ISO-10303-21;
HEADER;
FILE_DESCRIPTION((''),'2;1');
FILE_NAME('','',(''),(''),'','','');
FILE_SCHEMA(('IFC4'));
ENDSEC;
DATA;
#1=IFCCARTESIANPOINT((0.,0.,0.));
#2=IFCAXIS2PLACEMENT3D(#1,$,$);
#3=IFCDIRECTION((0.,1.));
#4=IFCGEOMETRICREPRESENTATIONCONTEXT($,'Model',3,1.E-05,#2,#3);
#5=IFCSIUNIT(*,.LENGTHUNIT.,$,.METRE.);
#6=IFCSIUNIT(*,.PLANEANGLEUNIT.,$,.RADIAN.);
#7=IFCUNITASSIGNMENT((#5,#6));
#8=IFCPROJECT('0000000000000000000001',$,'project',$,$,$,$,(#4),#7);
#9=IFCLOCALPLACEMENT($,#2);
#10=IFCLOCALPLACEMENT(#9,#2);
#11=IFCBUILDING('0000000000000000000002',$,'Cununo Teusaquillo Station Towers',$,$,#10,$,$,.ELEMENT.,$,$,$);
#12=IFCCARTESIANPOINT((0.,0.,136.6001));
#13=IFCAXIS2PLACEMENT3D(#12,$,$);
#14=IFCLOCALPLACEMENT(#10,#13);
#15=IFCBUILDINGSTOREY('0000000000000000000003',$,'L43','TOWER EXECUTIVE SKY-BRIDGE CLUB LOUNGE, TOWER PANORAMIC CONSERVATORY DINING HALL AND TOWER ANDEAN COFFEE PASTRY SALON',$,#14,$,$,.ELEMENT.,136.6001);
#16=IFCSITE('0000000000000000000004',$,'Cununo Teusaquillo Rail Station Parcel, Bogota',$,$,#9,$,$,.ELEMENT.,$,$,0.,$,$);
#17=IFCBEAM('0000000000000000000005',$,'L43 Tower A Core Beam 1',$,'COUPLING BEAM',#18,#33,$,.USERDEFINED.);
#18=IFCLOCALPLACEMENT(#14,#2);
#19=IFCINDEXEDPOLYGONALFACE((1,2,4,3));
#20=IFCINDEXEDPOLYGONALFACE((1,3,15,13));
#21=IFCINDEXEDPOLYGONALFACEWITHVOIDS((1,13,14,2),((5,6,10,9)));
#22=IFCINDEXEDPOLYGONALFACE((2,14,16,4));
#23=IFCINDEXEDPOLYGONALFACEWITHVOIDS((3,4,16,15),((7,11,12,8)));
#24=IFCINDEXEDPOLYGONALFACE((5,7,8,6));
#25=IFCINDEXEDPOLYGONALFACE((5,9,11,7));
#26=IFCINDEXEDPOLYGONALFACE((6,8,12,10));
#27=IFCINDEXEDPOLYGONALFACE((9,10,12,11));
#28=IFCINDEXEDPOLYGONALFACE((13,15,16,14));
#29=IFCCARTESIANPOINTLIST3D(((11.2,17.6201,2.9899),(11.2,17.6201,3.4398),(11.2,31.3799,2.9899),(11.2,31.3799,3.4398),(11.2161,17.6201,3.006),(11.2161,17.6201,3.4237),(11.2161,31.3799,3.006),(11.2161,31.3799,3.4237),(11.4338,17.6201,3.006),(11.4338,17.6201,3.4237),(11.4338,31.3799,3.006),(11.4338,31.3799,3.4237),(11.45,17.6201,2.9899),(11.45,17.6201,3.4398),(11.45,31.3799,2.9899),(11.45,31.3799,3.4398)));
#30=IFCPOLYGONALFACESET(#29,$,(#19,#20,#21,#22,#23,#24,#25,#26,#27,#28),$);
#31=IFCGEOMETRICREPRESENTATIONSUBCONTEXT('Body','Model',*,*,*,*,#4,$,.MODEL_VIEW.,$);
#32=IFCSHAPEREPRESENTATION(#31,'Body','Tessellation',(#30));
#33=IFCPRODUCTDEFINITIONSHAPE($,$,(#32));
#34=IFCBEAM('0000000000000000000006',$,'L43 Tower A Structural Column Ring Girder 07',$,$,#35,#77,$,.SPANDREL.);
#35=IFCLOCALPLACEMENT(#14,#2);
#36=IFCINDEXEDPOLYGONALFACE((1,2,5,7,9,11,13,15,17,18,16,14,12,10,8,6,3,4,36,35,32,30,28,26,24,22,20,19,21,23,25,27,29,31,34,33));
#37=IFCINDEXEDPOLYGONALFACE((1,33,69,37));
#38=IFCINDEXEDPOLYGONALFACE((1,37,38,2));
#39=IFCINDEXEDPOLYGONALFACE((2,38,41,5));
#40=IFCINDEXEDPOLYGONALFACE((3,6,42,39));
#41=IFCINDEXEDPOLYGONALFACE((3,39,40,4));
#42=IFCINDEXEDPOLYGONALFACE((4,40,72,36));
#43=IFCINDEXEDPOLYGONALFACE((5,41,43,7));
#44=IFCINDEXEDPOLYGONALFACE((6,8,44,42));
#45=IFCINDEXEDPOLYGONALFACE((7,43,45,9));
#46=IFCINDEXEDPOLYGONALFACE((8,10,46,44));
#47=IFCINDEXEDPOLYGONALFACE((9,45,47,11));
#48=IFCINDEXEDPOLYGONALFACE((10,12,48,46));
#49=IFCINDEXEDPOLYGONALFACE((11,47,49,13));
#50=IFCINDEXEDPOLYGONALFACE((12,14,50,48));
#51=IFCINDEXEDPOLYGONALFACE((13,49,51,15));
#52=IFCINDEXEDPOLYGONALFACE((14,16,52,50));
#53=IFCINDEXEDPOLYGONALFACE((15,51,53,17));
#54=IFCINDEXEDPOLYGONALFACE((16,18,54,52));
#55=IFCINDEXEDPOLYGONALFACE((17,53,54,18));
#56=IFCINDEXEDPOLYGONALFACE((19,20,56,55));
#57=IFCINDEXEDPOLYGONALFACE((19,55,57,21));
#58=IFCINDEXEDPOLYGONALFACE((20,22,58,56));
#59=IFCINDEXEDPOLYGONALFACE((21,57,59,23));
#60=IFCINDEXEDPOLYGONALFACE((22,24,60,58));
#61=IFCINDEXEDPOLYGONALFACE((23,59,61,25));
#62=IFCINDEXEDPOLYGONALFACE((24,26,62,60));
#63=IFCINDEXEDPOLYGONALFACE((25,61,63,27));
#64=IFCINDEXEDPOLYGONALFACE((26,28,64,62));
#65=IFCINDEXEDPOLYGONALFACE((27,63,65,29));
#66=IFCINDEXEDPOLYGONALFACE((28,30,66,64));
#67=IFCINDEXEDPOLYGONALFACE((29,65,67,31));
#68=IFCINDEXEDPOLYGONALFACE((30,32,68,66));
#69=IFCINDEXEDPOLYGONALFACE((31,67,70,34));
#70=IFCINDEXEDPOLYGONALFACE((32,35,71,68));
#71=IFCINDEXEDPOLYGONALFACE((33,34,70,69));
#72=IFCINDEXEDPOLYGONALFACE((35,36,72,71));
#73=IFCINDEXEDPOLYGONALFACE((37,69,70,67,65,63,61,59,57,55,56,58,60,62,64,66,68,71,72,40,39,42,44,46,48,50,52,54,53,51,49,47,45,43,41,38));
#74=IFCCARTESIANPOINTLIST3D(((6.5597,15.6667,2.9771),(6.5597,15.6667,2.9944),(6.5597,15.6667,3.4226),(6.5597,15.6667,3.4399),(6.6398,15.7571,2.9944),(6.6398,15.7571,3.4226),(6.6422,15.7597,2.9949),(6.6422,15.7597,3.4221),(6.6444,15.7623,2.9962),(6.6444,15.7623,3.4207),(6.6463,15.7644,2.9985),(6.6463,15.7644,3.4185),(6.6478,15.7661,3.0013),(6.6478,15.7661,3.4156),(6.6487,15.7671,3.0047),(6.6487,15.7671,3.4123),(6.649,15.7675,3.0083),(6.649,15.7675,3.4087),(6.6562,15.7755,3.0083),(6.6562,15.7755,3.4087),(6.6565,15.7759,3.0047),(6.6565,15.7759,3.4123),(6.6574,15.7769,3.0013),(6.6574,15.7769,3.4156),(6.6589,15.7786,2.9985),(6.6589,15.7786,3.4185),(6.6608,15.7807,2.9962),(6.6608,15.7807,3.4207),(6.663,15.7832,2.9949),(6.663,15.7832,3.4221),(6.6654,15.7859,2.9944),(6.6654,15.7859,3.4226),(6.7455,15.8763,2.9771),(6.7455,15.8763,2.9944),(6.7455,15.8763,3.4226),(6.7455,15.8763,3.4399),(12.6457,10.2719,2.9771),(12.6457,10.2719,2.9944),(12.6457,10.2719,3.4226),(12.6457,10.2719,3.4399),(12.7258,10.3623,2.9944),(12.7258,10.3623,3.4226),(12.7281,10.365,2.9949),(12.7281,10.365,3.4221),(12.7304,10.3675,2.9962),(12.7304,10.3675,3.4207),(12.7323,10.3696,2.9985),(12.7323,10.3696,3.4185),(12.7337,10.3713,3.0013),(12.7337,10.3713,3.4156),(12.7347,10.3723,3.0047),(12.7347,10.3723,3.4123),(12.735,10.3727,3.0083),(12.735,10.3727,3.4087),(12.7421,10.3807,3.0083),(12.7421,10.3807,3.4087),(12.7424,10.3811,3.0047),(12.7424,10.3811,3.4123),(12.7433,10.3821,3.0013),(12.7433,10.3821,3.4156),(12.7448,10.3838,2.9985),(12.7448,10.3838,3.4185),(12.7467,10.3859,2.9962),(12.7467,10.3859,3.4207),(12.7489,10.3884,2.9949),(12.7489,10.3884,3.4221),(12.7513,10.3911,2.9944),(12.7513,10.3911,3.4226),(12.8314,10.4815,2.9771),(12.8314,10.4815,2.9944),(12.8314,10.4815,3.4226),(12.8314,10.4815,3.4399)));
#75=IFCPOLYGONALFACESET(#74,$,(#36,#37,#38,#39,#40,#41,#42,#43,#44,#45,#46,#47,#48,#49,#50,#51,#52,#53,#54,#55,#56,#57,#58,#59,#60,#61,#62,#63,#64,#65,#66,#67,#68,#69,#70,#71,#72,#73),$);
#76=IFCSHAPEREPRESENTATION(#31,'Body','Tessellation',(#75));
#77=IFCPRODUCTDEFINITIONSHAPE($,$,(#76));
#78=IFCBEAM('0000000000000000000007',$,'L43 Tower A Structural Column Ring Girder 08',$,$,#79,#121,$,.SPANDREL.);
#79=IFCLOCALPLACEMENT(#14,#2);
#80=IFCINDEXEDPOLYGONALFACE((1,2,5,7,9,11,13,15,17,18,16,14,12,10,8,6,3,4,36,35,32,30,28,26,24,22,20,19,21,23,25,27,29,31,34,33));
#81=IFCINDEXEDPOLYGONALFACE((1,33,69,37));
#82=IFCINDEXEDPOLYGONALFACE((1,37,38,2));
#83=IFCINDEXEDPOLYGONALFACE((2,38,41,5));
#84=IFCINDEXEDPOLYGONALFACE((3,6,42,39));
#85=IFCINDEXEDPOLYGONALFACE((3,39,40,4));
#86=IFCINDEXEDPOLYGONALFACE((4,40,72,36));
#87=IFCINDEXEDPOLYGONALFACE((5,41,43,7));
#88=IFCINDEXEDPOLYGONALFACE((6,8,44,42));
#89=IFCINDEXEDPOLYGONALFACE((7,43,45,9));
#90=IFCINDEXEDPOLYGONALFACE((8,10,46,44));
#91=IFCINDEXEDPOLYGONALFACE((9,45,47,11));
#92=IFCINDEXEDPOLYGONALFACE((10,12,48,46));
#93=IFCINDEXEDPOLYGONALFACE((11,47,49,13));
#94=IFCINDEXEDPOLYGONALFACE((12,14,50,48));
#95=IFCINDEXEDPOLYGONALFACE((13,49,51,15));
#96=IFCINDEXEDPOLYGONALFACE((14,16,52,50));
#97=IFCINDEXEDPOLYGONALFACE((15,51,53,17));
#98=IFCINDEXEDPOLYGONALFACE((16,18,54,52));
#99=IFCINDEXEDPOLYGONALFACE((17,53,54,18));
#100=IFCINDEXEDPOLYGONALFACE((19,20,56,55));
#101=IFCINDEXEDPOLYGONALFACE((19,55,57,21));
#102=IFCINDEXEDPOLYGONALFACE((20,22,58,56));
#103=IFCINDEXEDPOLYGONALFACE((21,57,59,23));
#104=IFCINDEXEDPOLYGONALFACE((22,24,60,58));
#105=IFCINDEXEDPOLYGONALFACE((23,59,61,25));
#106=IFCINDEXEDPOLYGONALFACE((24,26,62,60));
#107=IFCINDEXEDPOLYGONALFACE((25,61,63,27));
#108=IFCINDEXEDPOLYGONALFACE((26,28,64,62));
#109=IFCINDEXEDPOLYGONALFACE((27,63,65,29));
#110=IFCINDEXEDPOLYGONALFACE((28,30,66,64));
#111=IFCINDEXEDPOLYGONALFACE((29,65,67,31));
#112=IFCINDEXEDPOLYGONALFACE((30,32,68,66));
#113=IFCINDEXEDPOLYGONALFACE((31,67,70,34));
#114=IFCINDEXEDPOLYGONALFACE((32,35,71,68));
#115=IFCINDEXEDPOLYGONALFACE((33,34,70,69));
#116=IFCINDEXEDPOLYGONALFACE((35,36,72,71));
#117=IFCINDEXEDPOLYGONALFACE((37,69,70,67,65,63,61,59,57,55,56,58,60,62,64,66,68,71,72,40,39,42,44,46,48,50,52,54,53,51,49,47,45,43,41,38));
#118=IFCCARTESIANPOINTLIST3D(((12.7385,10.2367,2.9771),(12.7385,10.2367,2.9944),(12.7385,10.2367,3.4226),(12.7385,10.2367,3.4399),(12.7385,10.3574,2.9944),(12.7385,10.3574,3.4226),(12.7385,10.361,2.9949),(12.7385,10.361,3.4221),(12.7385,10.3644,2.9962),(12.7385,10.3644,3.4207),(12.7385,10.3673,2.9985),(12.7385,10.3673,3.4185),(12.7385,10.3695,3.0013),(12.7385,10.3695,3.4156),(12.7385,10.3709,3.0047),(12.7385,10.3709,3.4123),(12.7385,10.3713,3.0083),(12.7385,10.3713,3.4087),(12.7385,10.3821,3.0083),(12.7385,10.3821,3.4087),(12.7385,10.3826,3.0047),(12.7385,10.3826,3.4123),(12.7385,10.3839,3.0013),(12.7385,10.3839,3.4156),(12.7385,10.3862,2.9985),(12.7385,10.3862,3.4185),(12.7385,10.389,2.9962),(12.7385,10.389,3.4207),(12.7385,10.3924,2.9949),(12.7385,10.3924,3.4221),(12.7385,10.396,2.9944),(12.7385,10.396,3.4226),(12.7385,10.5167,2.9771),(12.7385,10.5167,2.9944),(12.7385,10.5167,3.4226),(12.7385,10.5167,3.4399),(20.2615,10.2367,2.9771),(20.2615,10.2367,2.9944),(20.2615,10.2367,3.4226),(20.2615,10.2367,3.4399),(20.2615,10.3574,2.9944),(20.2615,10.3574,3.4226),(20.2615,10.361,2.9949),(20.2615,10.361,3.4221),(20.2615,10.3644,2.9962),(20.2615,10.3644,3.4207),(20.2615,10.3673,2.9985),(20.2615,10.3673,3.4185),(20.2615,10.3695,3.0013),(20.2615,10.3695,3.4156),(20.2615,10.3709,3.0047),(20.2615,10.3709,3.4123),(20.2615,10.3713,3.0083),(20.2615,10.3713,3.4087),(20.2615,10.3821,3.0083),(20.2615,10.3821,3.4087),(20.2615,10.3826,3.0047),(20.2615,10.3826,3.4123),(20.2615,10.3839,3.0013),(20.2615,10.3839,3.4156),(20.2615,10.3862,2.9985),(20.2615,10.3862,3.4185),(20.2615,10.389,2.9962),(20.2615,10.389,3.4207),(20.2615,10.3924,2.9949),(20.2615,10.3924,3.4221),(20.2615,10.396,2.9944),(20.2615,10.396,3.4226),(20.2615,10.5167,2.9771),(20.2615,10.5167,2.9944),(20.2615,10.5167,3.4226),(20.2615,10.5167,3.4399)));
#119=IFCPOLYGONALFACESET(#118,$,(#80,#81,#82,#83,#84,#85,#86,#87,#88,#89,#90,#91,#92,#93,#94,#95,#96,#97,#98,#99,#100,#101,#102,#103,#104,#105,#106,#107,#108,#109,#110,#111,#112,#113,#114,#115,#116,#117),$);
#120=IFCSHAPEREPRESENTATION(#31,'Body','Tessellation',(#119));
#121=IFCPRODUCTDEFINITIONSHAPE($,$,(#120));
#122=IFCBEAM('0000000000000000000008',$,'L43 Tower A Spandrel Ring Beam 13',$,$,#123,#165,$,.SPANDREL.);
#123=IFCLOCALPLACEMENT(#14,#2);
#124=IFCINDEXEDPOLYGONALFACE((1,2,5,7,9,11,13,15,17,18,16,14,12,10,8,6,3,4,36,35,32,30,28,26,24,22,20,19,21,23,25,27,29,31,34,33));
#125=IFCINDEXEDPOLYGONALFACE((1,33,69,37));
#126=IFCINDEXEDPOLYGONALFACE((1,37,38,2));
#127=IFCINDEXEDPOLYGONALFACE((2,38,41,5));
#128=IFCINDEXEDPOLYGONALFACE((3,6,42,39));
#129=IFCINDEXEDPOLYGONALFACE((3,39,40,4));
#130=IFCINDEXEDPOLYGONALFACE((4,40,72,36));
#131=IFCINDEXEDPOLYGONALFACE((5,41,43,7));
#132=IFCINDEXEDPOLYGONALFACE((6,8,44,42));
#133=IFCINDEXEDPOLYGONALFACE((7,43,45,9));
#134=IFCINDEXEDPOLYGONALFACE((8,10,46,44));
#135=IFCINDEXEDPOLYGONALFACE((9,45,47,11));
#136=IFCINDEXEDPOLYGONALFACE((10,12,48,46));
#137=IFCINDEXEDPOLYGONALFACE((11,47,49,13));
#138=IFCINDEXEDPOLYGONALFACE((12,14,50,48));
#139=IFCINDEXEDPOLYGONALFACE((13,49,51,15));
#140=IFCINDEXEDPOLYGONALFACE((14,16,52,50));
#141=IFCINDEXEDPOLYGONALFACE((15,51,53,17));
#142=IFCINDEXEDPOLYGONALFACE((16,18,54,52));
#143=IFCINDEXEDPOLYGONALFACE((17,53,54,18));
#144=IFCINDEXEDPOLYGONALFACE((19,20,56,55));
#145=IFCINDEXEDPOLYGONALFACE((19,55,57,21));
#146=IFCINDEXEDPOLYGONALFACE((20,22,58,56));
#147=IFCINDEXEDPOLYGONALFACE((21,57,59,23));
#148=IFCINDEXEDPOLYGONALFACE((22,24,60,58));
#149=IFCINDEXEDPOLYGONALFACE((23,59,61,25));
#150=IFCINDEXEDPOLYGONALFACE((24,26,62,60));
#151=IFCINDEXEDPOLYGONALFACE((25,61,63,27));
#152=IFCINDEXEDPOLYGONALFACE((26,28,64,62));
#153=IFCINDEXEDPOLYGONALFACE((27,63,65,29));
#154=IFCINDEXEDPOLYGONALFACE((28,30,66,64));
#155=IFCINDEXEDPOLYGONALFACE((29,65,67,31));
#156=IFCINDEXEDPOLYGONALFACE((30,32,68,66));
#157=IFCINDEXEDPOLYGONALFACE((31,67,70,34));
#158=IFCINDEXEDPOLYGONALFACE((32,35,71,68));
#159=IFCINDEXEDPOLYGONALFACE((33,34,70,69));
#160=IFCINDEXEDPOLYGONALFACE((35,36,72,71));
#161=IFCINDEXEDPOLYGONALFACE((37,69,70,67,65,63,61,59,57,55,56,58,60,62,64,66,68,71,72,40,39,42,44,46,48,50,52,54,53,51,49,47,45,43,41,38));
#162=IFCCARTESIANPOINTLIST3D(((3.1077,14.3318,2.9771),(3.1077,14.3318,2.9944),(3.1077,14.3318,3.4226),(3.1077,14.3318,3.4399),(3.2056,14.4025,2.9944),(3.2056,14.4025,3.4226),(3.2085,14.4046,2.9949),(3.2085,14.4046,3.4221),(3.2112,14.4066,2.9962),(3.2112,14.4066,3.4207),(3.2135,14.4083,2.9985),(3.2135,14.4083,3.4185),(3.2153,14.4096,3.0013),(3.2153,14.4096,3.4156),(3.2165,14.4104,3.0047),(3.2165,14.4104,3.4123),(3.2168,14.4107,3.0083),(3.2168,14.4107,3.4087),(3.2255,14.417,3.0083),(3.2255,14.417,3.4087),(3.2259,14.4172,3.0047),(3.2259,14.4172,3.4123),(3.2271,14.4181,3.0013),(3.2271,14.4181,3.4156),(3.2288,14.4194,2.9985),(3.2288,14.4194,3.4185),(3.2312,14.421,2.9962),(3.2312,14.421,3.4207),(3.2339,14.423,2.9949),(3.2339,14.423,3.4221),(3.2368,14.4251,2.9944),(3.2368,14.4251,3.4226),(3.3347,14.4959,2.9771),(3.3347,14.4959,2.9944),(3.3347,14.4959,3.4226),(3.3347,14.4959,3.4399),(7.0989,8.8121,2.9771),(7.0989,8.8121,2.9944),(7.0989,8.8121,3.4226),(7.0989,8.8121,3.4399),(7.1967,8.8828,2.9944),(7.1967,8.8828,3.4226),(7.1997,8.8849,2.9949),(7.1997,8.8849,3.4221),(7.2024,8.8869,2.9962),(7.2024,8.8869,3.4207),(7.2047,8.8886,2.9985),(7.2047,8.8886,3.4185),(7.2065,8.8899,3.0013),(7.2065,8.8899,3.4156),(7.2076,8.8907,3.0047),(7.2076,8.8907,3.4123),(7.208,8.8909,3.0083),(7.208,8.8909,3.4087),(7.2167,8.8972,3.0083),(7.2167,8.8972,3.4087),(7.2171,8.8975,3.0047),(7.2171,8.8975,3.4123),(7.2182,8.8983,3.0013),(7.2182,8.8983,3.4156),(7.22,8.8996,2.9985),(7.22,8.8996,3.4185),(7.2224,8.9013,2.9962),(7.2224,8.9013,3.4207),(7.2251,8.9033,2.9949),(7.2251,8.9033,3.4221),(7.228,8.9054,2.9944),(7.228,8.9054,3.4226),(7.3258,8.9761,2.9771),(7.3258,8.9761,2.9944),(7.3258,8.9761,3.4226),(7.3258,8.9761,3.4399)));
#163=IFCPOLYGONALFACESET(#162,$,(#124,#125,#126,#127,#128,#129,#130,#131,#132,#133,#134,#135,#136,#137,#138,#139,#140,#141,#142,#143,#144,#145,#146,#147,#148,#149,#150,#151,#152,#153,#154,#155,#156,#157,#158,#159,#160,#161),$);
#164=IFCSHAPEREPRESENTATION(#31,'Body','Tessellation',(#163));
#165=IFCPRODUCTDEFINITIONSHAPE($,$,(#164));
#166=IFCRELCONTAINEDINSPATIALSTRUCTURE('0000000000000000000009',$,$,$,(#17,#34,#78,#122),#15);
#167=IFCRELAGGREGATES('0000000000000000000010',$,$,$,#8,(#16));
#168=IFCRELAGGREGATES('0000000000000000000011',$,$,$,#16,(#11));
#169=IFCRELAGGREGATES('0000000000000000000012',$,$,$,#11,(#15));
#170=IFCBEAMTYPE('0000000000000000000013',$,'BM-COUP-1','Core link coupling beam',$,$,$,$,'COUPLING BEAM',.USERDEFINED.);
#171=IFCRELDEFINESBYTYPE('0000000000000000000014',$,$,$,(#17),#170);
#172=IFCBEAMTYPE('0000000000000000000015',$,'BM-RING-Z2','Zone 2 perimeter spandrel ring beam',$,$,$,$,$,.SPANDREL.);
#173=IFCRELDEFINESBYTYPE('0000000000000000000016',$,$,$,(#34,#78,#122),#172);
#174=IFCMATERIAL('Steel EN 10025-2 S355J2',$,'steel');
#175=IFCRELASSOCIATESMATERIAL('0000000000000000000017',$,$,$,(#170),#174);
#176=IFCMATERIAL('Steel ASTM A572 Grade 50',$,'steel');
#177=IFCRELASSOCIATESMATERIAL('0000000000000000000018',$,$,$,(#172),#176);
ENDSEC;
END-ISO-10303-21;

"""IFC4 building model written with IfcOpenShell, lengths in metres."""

from ifc_helpers import new_model, si_unit, direction, frame, origin, origin_2d, place, context, subcontext, project, spatial, hollow_rectangle, i_section, extrude, material, material_profile, profile_set, type_object, element, save


model = new_model("IFC4")

# Units and contexts
model_context = context("Model", 3, precision=1e-05, world=origin(), true_north=direction((0.0, 1.0)))
body_context = subcontext(model_context, "Body", "Model", "MODEL_VIEW")
ifc_project = project(units=[si_unit("LENGTHUNIT", "METRE"), si_unit("PLANEANGLEUNIT", "RADIAN")], contexts=[model_context])

# Site, building, storey
site_placement = place(None, origin())
site = spatial("IfcSite", under=ifc_project, at=site_placement, Name="Cununo Teusaquillo Rail Station Parcel, Bogota", CompositionType="ELEMENT", RefElevation=0.0)
building_placement = place(site_placement, origin())
building = spatial("IfcBuilding", under=site, at=building_placement, Name="Cununo Teusaquillo Station Towers", CompositionType="ELEMENT")
storey_placement = place(building_placement, frame((0.0, 0.0, 136.6001)))
storey = spatial("IfcBuildingStorey", under=building, at=storey_placement, Name="L43", Description="TOWER EXECUTIVE SKY-BRIDGE CLUB LOUNGE, TOWER PANORAMIC CONSERVATORY DINING HALL AND TOWER ANDEAN COFFEE PASTRY SALON", CompositionType="ELEMENT", Elevation=136.6001)

# Beams
ifc_material_1 = material(Name="Steel EN 10025-2 S355J2", Category="steel")
ifc_material_profile_1 = material_profile(ifc_material_1, hollow_rectangle(XDim=0.25, YDim=0.45, WallThickness=0.0161, at=origin_2d()), Name="RHS 450x250x16")
ifc_profile_set_1 = profile_set([ifc_material_profile_1], Name="Steel EN 10025-2 S355J2")
beam_type_1 = type_object("IfcBeamType", Name="BM-COUP-1", Description="Core link coupling beam", ElementType="COUPLING BEAM", PredefinedType="USERDEFINED", material=ifc_profile_set_1)
beam_1_placement = place(storey_placement, frame((11.325, 17.6201, 3.2148), z_axis=(0.0, 1.0, 0.0), x_axis=(-1.0, 0.0, 0.0)))
element("IfcBeam", 1, at=beam_1_placement, inside=storey, type_object=beam_type_1, Name="L43 Tower A Core Beam 1", ObjectType="COUPLING BEAM", PredefinedType="USERDEFINED", context=body_context, shape_type="SweptSolid", body=[
    extrude(hollow_rectangle(XDim=0.25, YDim=0.45, WallThickness=0.0161, at=origin_2d()), origin(), (0.0, 0.0, 1.0), 13.7598),
])
ifc_material_2 = material(Name="Steel ASTM A572 Grade 50", Category="steel")
ifc_material_profile_2 = material_profile(ifc_material_2, i_section(OverallWidth=0.28, OverallDepth=0.4629, WebThickness=0.0107, FlangeThickness=0.0173, FilletRadius=0.0139, at=origin_2d()), Name="W18X76")
ifc_profile_set_2 = profile_set([ifc_material_profile_2], Name="Steel ASTM A572 Grade 50")
beam_type_2 = type_object("IfcBeamType", Name="BM-RING-Z2", Description="Zone 2 perimeter spandrel ring beam", PredefinedType="SPANDREL", material=ifc_profile_set_2)
beam_2_placement = place(storey_placement, frame((6.6526, 15.7715, 3.2085), z_axis=(0.748321, -0.663337, 0.0), x_axis=(0.663337, 0.748321, 0.0)))
element("IfcBeam", 2, at=beam_2_placement, inside=storey, type_object=beam_type_2, Name="L43 Tower A Structural Column Ring Girder 07", PredefinedType="SPANDREL", context=body_context, shape_type="SweptSolid", body=[
    extrude(i_section(OverallWidth=0.28, OverallDepth=0.4629, WebThickness=0.0107, FlangeThickness=0.0173, FilletRadius=0.0139, at=origin_2d()), origin(), (0.0, 0.0, 1.0), 8.1328),
])
beam_3_placement = place(storey_placement, frame((12.7385, 10.3767, 3.2085), z_axis=(1.0, 0.0, 0.0), x_axis=(0.0, 1.0, 0.0)))
element("IfcBeam", 3, at=beam_3_placement, inside=storey, type_object=beam_type_2, Name="L43 Tower A Structural Column Ring Girder 08", PredefinedType="SPANDREL", context=body_context, shape_type="SweptSolid", body=[
    extrude(i_section(OverallWidth=0.28, OverallDepth=0.4629, WebThickness=0.0107, FlangeThickness=0.0173, FilletRadius=0.0139, at=origin_2d()), origin(), (0.0, 0.0, 1.0), 7.5229),
])
beam_4_placement = place(storey_placement, frame((3.2212, 14.4138, 3.2085), z_axis=(0.585945, -0.810351, 0.0), x_axis=(0.810351, 0.585945, 0.0)))
element("IfcBeam", 4, at=beam_4_placement, inside=storey, type_object=beam_type_2, Name="L43 Tower A Spandrel Ring Beam 13", PredefinedType="SPANDREL", context=body_context, shape_type="SweptSolid", body=[
    extrude(i_section(OverallWidth=0.28, OverallDepth=0.4629, WebThickness=0.0107, FlangeThickness=0.0173, FilletRadius=0.0139, at=origin_2d()), origin(), (0.0, 0.0, 1.0), 6.8115),
])

save(model, "model.ifc")
